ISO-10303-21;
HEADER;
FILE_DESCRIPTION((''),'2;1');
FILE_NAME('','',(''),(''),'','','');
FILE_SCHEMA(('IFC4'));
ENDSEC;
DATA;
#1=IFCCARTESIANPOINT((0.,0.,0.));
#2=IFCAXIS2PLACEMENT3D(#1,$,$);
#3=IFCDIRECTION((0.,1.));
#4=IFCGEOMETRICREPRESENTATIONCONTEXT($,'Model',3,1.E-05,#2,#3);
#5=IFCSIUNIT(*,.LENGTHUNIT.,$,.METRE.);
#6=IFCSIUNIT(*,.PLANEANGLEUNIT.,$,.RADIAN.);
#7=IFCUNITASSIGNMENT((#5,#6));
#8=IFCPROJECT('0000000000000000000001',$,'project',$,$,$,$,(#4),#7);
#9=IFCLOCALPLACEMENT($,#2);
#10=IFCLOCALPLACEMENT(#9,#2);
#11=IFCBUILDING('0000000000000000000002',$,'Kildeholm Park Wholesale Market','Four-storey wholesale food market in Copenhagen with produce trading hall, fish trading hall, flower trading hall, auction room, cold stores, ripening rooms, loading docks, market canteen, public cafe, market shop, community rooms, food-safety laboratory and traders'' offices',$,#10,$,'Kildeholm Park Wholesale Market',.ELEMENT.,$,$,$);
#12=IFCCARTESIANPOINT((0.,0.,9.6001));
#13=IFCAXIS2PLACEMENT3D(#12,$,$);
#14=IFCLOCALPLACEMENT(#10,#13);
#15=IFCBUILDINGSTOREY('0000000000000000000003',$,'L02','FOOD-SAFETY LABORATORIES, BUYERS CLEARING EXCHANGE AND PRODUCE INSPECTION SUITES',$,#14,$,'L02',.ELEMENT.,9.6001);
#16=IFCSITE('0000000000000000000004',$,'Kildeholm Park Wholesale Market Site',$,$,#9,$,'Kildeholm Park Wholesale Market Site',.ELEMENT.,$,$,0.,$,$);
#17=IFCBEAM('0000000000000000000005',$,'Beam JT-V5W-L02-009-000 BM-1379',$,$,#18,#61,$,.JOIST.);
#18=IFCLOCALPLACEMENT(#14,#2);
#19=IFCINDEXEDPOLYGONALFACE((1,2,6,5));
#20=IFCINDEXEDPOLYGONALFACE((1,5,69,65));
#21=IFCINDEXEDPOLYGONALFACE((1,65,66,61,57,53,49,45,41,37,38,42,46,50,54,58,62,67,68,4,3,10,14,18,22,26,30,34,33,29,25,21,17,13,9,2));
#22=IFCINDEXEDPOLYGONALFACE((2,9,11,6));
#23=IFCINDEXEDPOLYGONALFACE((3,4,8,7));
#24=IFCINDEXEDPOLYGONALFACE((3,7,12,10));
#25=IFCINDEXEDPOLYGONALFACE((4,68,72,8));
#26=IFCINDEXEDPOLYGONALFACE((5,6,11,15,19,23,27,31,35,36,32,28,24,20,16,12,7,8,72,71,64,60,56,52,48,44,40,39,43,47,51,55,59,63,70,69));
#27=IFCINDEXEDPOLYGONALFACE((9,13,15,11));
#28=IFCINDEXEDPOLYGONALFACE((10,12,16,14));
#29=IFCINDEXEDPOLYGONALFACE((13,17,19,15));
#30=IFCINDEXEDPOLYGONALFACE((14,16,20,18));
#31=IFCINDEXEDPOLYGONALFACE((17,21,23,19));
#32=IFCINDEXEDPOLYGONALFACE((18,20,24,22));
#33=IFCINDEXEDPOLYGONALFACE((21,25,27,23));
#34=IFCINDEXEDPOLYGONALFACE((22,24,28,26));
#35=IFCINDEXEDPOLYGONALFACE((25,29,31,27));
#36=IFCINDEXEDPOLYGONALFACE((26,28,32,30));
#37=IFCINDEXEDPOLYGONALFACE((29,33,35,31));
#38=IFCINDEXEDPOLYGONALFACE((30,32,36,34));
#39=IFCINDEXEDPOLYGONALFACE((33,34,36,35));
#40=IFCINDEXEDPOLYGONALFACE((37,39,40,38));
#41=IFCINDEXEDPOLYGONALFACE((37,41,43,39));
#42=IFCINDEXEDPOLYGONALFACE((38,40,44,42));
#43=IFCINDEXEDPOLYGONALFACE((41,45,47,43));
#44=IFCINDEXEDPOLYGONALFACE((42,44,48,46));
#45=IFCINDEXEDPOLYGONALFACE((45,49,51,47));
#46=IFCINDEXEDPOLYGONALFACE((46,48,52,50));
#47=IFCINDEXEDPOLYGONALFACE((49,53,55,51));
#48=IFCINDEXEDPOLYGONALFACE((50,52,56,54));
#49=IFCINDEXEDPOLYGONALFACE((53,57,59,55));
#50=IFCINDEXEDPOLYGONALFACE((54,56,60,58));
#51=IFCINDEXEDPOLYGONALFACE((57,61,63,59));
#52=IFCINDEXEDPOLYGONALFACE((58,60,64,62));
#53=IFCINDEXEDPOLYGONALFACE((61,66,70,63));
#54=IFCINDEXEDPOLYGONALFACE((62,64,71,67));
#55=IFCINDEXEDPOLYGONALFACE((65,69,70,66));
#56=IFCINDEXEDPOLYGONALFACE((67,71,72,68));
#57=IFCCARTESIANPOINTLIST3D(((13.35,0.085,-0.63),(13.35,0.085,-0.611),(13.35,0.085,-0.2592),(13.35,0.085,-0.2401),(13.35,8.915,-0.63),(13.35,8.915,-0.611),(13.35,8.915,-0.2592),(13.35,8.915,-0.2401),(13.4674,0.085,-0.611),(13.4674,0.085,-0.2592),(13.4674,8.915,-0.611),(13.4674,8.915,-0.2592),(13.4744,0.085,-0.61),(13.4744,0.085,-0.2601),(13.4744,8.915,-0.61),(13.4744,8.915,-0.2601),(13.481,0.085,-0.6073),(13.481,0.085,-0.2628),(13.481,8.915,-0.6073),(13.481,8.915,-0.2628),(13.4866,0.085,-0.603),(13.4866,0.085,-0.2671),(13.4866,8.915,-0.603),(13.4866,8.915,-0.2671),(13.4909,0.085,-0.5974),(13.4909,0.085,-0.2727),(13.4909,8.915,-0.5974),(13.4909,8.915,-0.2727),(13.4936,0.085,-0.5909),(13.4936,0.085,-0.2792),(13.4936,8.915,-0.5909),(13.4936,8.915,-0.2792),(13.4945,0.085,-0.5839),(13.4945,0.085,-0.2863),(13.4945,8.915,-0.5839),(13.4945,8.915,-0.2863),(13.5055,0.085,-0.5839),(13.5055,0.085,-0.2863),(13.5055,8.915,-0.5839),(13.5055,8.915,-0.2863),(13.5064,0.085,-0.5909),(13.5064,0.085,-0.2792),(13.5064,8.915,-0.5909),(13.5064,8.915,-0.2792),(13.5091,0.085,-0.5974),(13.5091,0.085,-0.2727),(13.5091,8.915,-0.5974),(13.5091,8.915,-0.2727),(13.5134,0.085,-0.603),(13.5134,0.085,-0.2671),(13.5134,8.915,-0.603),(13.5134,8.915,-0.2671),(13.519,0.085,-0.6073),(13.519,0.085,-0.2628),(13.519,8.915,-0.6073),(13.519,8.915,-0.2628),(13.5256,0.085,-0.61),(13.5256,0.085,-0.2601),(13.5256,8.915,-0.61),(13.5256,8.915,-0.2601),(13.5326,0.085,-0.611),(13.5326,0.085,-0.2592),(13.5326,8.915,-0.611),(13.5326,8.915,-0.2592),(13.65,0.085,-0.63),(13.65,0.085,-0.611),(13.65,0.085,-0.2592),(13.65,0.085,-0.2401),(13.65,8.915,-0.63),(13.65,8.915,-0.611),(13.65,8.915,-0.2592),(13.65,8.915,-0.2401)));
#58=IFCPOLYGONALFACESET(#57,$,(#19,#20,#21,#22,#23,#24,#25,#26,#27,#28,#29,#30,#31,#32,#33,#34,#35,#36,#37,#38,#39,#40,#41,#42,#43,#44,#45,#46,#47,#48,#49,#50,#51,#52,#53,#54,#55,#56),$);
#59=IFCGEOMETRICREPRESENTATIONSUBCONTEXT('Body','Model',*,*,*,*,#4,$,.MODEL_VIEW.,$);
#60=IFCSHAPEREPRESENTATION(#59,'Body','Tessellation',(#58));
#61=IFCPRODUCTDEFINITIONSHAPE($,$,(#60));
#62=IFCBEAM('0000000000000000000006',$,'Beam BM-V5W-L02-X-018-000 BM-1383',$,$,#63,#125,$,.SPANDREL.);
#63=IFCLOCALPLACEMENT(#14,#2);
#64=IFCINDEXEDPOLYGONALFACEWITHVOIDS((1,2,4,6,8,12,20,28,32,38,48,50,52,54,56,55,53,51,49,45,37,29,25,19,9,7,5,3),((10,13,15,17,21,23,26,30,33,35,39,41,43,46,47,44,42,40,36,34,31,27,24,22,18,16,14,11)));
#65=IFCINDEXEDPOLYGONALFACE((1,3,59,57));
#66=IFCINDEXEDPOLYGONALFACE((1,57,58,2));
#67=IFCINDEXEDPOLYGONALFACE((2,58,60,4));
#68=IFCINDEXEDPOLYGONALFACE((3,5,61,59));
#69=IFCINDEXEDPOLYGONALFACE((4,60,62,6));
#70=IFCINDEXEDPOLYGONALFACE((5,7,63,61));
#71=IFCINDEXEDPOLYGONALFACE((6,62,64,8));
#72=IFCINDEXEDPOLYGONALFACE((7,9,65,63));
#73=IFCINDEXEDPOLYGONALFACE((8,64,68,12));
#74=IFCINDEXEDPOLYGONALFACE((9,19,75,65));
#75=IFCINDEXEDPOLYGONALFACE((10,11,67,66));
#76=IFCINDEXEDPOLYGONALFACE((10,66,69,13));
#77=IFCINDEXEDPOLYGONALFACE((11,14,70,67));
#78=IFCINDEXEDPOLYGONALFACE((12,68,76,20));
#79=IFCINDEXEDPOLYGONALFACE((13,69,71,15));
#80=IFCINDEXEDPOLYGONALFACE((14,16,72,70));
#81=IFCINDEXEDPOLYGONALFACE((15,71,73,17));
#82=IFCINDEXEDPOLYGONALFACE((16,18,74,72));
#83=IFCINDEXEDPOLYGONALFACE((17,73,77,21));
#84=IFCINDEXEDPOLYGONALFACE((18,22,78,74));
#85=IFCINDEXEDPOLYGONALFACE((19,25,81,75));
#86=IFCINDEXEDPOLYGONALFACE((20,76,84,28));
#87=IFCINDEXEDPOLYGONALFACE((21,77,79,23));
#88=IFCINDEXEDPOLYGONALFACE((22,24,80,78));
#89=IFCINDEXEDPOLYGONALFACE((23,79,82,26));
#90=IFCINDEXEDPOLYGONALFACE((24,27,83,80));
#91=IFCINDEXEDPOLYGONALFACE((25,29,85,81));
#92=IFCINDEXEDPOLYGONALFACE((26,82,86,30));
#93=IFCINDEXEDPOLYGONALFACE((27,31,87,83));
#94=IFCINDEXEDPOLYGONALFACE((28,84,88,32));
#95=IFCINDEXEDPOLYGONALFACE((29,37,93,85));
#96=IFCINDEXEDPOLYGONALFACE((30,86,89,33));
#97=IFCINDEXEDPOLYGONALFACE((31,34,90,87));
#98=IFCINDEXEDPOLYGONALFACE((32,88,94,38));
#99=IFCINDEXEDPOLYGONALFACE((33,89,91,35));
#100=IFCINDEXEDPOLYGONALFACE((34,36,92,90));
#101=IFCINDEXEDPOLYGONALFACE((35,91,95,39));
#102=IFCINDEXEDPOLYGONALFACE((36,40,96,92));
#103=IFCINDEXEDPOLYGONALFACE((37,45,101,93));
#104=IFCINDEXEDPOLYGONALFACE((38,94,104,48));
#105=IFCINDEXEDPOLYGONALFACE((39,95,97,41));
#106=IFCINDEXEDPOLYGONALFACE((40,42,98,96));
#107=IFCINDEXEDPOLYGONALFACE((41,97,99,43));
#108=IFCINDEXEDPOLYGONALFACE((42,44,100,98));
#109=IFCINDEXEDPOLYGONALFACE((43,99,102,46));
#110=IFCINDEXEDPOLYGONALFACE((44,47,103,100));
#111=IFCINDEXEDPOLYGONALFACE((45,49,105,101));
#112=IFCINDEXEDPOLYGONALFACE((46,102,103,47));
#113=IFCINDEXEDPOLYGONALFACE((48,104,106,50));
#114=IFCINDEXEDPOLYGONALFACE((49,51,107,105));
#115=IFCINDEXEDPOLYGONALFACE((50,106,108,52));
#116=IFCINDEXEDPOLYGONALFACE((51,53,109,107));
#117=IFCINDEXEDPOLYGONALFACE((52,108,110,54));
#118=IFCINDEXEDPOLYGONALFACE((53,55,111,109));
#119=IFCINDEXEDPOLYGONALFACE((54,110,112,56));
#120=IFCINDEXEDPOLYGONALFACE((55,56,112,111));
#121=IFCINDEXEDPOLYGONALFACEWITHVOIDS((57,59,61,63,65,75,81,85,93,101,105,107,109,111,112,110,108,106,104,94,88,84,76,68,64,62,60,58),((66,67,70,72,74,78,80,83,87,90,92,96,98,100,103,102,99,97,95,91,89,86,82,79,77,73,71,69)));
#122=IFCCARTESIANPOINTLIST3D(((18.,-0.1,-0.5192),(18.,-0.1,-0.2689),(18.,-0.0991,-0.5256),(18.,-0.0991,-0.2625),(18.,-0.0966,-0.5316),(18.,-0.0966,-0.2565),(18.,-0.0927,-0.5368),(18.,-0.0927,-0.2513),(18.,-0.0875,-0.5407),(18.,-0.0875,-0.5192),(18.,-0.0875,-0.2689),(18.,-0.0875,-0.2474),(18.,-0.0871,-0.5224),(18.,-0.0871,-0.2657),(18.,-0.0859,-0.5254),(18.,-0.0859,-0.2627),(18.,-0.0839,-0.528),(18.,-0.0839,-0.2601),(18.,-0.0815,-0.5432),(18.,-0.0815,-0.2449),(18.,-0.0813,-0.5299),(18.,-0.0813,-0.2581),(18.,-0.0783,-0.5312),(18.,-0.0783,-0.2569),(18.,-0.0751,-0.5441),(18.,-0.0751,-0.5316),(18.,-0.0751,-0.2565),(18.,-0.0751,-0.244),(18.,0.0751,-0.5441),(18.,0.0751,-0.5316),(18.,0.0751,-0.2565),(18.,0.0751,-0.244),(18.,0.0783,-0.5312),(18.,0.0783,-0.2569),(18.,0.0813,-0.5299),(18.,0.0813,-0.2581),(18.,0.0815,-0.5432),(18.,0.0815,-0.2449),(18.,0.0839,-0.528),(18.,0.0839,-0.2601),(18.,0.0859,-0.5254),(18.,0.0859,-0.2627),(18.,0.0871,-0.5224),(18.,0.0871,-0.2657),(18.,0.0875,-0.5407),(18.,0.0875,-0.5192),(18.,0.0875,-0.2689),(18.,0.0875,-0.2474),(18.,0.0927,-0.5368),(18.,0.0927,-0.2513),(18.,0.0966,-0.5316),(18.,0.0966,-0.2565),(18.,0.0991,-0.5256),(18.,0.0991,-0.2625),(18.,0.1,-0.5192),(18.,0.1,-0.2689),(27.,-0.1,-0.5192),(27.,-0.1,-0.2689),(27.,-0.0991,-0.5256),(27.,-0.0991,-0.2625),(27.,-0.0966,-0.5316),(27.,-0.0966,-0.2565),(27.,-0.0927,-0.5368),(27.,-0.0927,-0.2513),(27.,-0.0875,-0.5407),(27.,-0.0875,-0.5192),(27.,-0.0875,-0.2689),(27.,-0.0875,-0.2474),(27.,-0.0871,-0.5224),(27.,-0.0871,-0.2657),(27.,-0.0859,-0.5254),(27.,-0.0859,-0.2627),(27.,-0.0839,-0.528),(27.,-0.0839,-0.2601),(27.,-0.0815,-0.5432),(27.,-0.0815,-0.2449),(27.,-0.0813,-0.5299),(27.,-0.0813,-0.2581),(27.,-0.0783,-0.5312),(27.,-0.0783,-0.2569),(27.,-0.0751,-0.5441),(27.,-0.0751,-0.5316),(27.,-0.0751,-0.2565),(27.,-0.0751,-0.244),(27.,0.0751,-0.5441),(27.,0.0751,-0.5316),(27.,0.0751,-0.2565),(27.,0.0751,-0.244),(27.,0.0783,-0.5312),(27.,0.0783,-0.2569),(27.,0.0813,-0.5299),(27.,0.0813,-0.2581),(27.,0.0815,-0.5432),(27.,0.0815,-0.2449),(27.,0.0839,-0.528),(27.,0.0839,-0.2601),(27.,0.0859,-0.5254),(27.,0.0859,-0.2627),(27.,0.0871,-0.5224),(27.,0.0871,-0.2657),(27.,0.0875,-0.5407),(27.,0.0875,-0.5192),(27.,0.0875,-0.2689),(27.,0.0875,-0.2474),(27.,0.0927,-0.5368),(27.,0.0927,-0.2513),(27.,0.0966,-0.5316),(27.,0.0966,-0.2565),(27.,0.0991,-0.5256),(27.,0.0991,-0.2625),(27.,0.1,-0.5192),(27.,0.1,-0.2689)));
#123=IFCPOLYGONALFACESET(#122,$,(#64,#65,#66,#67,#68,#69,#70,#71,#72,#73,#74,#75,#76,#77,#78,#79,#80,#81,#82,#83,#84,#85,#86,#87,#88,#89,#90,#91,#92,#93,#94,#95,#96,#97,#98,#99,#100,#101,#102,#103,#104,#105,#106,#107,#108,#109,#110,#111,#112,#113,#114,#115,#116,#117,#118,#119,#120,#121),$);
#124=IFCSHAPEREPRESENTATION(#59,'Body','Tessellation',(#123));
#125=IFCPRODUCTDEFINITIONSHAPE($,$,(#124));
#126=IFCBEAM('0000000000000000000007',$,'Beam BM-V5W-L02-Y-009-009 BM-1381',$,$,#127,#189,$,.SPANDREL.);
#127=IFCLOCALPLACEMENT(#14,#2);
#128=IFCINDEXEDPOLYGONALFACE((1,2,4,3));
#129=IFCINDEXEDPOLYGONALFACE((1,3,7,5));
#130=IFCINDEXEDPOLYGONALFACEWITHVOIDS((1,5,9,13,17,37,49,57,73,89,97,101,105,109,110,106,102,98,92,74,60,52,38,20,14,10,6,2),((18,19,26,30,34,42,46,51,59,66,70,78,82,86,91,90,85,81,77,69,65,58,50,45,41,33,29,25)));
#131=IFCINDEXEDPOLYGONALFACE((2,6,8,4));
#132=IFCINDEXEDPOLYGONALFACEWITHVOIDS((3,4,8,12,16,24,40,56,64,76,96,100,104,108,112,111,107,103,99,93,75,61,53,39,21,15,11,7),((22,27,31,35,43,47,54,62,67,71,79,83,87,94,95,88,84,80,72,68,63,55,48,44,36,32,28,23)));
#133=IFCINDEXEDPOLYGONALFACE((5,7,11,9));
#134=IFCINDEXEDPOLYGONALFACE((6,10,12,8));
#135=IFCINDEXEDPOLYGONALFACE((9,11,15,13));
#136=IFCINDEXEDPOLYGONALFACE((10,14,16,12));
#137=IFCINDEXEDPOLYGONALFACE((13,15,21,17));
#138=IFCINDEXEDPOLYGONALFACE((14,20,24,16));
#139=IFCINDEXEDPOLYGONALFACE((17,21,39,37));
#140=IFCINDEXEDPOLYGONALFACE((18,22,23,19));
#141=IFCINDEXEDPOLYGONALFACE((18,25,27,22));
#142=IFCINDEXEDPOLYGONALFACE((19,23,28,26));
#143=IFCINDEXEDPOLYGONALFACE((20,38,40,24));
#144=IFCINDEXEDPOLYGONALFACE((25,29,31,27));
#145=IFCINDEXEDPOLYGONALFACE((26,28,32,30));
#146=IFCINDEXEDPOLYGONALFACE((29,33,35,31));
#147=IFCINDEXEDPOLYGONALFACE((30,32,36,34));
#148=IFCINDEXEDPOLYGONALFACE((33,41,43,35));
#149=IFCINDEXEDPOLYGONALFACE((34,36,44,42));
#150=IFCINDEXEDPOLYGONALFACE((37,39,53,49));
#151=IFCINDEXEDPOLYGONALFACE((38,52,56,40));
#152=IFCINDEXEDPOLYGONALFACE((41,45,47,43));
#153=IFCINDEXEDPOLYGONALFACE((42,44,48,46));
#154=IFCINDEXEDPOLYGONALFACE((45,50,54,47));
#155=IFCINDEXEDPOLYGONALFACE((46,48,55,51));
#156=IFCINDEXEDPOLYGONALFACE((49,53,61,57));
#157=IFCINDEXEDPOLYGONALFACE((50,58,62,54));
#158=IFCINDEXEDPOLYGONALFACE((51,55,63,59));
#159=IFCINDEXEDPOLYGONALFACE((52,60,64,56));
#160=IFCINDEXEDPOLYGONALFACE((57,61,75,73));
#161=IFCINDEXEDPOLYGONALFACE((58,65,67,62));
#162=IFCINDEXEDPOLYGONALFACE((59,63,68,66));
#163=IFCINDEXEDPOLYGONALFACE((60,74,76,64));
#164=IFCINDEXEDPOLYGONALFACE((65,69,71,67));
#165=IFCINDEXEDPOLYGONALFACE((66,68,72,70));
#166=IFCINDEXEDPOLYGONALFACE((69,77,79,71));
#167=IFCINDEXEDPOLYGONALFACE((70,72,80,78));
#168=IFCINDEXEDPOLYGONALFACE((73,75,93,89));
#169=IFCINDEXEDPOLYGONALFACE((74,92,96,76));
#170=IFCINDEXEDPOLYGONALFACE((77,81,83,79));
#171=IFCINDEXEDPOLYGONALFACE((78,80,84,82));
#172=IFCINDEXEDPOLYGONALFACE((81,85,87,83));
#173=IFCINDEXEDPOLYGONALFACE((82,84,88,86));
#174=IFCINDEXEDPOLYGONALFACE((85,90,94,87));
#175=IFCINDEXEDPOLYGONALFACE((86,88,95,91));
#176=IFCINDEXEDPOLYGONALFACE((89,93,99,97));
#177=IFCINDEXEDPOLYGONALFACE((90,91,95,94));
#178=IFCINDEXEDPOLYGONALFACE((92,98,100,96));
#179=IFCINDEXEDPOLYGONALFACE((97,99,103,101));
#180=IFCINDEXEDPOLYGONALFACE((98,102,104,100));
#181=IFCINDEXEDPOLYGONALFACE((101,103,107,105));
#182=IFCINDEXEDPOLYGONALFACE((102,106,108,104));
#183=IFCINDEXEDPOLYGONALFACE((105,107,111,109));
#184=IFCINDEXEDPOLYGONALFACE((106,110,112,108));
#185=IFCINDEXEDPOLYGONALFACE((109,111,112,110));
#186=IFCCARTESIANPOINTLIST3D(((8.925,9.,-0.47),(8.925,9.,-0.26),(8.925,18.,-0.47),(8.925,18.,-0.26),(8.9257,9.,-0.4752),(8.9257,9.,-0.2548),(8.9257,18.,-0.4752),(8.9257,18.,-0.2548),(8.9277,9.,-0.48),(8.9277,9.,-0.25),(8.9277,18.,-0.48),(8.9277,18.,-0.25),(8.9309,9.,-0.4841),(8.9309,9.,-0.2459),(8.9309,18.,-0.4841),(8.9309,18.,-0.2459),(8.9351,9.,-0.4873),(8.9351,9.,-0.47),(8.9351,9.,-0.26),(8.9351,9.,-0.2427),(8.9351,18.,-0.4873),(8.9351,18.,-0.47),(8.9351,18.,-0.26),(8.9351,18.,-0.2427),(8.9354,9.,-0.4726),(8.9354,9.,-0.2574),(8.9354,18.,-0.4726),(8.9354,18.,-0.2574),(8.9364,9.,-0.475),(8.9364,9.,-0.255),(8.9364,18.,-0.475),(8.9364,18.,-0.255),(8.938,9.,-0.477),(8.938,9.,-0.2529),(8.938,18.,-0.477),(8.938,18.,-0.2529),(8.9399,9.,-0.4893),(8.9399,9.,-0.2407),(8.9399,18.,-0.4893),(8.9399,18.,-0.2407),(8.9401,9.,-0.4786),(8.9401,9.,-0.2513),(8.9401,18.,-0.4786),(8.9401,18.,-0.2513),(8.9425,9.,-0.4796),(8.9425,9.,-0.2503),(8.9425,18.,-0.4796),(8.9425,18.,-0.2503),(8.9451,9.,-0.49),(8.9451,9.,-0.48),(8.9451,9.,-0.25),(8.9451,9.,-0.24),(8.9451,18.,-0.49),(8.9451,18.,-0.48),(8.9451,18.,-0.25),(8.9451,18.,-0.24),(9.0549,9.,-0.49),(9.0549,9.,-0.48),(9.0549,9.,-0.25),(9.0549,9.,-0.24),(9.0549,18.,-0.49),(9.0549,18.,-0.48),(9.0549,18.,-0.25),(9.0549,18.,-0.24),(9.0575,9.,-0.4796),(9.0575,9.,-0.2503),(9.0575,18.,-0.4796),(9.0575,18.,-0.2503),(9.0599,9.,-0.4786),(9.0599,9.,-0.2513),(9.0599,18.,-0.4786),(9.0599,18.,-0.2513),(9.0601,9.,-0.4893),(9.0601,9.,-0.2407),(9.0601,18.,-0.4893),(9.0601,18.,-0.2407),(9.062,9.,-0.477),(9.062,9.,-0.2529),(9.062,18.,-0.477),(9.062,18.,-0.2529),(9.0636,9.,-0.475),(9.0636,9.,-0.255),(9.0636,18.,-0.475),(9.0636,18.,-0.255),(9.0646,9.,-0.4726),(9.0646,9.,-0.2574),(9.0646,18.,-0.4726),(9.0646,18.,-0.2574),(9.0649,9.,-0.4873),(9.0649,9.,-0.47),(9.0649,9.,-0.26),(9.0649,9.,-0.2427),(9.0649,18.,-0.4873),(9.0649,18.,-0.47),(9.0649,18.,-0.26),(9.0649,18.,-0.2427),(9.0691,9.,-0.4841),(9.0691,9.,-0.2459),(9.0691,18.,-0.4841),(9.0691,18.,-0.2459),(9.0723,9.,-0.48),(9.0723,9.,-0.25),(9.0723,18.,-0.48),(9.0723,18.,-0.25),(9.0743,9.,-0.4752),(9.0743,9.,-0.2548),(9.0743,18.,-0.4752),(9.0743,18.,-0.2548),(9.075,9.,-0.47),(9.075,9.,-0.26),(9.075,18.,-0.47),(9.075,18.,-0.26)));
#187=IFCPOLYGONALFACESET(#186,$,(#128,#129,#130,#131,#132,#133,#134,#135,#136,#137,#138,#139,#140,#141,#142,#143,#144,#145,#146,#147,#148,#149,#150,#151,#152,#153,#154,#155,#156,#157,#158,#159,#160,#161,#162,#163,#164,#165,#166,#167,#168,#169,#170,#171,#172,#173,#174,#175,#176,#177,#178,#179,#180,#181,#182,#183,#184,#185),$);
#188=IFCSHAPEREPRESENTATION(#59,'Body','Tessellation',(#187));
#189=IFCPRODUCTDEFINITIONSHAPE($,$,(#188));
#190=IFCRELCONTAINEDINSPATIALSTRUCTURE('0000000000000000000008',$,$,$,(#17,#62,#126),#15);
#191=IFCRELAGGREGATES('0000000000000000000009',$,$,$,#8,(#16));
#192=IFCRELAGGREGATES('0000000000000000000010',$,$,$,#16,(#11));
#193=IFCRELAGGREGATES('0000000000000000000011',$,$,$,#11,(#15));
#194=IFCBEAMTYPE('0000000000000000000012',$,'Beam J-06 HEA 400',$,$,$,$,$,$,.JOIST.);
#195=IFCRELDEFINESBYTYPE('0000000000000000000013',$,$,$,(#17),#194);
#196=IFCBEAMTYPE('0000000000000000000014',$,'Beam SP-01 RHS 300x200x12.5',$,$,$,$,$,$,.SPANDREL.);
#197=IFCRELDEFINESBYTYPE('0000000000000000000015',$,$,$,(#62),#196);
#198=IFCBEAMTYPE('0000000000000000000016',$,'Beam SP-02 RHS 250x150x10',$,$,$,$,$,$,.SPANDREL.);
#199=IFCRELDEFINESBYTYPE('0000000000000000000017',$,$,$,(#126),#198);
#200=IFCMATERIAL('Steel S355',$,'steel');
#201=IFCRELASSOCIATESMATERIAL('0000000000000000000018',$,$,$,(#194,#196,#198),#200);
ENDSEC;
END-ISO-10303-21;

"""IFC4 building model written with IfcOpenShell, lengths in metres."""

from ifc_helpers import new_model, si_unit, direction, frame, origin, origin_2d, place, context, subcontext, project, spatial, hollow_rectangle, i_section, extrude, material, material_profile, profile_set, type_object, element, save


model = new_model("IFC4")

# Units and contexts
model_context = context("Model", 3, precision=1e-05, world=origin(), true_north=direction((0.0, 1.0)))
body_context = subcontext(model_context, "Body", "Model", "MODEL_VIEW")
ifc_project = project(units=[si_unit("LENGTHUNIT", "METRE"), si_unit("PLANEANGLEUNIT", "RADIAN")], contexts=[model_context])

# Site, building, storey
site_placement = place(None, origin())
site = spatial("IfcSite", under=ifc_project, at=site_placement, Name="Kildeholm Park Wholesale Market Site", LongName="Kildeholm Park Wholesale Market Site", CompositionType="ELEMENT", RefElevation=0.0)
building_placement = place(site_placement, origin())
building = spatial("IfcBuilding", under=site, at=building_placement, Name="Kildeholm Park Wholesale Market", Description="Four-storey wholesale food market in Copenhagen with produce trading hall, fish trading hall, flower trading hall, auction room, cold stores, ripening rooms, loading docks, market canteen, public cafe, market shop, community rooms, food-safety laboratory and traders' offices", LongName="Kildeholm Park Wholesale Market", CompositionType="ELEMENT")
storey_placement = place(building_placement, frame((0.0, 0.0, 9.6001)))
storey = spatial("IfcBuildingStorey", under=building, at=storey_placement, Name="L02", Description="FOOD-SAFETY LABORATORIES, BUYERS CLEARING EXCHANGE AND PRODUCE INSPECTION SUITES", LongName="L02", CompositionType="ELEMENT", Elevation=9.6001)

# Shared definitions
ifc_material_1 = material(Name="Steel S355", Category="steel")

# Beams
ifc_material_profile_1 = material_profile(ifc_material_1, i_section(OverallWidth=0.3, OverallDepth=0.3899, WebThickness=0.011, FlangeThickness=0.019, FilletRadius=0.0271, at=origin_2d()), Name="HEA 400")
ifc_profile_set_1 = profile_set([ifc_material_profile_1], Name="Steel S355")
beam_type_1 = type_object("IfcBeamType", Name="Beam J-06 HEA 400", PredefinedType="JOIST", material=ifc_profile_set_1)
beam_1_placement = place(storey_placement, frame((13.5, 0.085, -0.4351), z_axis=(0.0, 1.0, 0.0), x_axis=(-1.0, 0.0, 0.0)))
element("IfcBeam", 1, at=beam_1_placement, inside=storey, type_object=beam_type_1, Name="Beam JT-V5W-L02-009-000 BM-1379", PredefinedType="JOIST", context=body_context, shape_type="SweptSolid", body=[
    extrude(i_section(OverallWidth=0.3, OverallDepth=0.3899, WebThickness=0.011, FlangeThickness=0.019, FilletRadius=0.0271, at=origin_2d()), origin(), (0.0, 0.0, 1.0), 8.8301),
])
ifc_material_profile_2 = material_profile(ifc_material_1, hollow_rectangle(XDim=0.2, YDim=0.3, WallThickness=0.0125, InnerFilletRadius=0.0125, OuterFilletRadius=0.0249, at=origin_2d()), Name="RHS 300x200x12.5")
ifc_profile_set_2 = profile_set([ifc_material_profile_2], Name="Steel S355")
beam_type_2 = type_object("IfcBeamType", Name="Beam SP-01 RHS 300x200x12.5", PredefinedType="SPANDREL", material=ifc_profile_set_2)
beam_2_placement = place(storey_placement, frame((18.0, 0.0, -0.394), z_axis=(1.0, 0.0, 0.0), x_axis=(0.0, 1.0, 0.0)))
element("IfcBeam", 2, at=beam_2_placement, inside=storey, type_object=beam_type_2, Name="Beam BM-V5W-L02-X-018-000 BM-1383", PredefinedType="SPANDREL", context=body_context, shape_type="SweptSolid", body=[
    extrude(hollow_rectangle(XDim=0.2, YDim=0.3, WallThickness=0.0125, InnerFilletRadius=0.0125, OuterFilletRadius=0.0249, at=origin_2d()), origin(), (0.0, 0.0, 1.0), 9.0),
])
ifc_material_profile_3 = material_profile(ifc_material_1, hollow_rectangle(XDim=0.1499, YDim=0.25, WallThickness=0.01, InnerFilletRadius=0.01, OuterFilletRadius=0.02, at=origin_2d()), Name="RHS 250x150x10")
ifc_profile_set_3 = profile_set([ifc_material_profile_3], Name="Steel S355")
beam_type_3 = type_object("IfcBeamType", Name="Beam SP-02 RHS 250x150x10", PredefinedType="SPANDREL", material=ifc_profile_set_3)
beam_3_placement = place(storey_placement, frame((9.0, 9.0, -0.365), z_axis=(0.0, 1.0, 0.0), x_axis=(-1.0, 0.0, 0.0)))
element("IfcBeam", 3, at=beam_3_placement, inside=storey, type_object=beam_type_3, Name="Beam BM-V5W-L02-Y-009-009 BM-1381", PredefinedType="SPANDREL", context=body_context, shape_type="SweptSolid", body=[
    extrude(hollow_rectangle(XDim=0.1499, YDim=0.25, WallThickness=0.01, InnerFilletRadius=0.01, OuterFilletRadius=0.02, at=origin_2d()), origin(), (0.0, 0.0, 1.0), 9.0),
])

save(model, "model.ifc")
